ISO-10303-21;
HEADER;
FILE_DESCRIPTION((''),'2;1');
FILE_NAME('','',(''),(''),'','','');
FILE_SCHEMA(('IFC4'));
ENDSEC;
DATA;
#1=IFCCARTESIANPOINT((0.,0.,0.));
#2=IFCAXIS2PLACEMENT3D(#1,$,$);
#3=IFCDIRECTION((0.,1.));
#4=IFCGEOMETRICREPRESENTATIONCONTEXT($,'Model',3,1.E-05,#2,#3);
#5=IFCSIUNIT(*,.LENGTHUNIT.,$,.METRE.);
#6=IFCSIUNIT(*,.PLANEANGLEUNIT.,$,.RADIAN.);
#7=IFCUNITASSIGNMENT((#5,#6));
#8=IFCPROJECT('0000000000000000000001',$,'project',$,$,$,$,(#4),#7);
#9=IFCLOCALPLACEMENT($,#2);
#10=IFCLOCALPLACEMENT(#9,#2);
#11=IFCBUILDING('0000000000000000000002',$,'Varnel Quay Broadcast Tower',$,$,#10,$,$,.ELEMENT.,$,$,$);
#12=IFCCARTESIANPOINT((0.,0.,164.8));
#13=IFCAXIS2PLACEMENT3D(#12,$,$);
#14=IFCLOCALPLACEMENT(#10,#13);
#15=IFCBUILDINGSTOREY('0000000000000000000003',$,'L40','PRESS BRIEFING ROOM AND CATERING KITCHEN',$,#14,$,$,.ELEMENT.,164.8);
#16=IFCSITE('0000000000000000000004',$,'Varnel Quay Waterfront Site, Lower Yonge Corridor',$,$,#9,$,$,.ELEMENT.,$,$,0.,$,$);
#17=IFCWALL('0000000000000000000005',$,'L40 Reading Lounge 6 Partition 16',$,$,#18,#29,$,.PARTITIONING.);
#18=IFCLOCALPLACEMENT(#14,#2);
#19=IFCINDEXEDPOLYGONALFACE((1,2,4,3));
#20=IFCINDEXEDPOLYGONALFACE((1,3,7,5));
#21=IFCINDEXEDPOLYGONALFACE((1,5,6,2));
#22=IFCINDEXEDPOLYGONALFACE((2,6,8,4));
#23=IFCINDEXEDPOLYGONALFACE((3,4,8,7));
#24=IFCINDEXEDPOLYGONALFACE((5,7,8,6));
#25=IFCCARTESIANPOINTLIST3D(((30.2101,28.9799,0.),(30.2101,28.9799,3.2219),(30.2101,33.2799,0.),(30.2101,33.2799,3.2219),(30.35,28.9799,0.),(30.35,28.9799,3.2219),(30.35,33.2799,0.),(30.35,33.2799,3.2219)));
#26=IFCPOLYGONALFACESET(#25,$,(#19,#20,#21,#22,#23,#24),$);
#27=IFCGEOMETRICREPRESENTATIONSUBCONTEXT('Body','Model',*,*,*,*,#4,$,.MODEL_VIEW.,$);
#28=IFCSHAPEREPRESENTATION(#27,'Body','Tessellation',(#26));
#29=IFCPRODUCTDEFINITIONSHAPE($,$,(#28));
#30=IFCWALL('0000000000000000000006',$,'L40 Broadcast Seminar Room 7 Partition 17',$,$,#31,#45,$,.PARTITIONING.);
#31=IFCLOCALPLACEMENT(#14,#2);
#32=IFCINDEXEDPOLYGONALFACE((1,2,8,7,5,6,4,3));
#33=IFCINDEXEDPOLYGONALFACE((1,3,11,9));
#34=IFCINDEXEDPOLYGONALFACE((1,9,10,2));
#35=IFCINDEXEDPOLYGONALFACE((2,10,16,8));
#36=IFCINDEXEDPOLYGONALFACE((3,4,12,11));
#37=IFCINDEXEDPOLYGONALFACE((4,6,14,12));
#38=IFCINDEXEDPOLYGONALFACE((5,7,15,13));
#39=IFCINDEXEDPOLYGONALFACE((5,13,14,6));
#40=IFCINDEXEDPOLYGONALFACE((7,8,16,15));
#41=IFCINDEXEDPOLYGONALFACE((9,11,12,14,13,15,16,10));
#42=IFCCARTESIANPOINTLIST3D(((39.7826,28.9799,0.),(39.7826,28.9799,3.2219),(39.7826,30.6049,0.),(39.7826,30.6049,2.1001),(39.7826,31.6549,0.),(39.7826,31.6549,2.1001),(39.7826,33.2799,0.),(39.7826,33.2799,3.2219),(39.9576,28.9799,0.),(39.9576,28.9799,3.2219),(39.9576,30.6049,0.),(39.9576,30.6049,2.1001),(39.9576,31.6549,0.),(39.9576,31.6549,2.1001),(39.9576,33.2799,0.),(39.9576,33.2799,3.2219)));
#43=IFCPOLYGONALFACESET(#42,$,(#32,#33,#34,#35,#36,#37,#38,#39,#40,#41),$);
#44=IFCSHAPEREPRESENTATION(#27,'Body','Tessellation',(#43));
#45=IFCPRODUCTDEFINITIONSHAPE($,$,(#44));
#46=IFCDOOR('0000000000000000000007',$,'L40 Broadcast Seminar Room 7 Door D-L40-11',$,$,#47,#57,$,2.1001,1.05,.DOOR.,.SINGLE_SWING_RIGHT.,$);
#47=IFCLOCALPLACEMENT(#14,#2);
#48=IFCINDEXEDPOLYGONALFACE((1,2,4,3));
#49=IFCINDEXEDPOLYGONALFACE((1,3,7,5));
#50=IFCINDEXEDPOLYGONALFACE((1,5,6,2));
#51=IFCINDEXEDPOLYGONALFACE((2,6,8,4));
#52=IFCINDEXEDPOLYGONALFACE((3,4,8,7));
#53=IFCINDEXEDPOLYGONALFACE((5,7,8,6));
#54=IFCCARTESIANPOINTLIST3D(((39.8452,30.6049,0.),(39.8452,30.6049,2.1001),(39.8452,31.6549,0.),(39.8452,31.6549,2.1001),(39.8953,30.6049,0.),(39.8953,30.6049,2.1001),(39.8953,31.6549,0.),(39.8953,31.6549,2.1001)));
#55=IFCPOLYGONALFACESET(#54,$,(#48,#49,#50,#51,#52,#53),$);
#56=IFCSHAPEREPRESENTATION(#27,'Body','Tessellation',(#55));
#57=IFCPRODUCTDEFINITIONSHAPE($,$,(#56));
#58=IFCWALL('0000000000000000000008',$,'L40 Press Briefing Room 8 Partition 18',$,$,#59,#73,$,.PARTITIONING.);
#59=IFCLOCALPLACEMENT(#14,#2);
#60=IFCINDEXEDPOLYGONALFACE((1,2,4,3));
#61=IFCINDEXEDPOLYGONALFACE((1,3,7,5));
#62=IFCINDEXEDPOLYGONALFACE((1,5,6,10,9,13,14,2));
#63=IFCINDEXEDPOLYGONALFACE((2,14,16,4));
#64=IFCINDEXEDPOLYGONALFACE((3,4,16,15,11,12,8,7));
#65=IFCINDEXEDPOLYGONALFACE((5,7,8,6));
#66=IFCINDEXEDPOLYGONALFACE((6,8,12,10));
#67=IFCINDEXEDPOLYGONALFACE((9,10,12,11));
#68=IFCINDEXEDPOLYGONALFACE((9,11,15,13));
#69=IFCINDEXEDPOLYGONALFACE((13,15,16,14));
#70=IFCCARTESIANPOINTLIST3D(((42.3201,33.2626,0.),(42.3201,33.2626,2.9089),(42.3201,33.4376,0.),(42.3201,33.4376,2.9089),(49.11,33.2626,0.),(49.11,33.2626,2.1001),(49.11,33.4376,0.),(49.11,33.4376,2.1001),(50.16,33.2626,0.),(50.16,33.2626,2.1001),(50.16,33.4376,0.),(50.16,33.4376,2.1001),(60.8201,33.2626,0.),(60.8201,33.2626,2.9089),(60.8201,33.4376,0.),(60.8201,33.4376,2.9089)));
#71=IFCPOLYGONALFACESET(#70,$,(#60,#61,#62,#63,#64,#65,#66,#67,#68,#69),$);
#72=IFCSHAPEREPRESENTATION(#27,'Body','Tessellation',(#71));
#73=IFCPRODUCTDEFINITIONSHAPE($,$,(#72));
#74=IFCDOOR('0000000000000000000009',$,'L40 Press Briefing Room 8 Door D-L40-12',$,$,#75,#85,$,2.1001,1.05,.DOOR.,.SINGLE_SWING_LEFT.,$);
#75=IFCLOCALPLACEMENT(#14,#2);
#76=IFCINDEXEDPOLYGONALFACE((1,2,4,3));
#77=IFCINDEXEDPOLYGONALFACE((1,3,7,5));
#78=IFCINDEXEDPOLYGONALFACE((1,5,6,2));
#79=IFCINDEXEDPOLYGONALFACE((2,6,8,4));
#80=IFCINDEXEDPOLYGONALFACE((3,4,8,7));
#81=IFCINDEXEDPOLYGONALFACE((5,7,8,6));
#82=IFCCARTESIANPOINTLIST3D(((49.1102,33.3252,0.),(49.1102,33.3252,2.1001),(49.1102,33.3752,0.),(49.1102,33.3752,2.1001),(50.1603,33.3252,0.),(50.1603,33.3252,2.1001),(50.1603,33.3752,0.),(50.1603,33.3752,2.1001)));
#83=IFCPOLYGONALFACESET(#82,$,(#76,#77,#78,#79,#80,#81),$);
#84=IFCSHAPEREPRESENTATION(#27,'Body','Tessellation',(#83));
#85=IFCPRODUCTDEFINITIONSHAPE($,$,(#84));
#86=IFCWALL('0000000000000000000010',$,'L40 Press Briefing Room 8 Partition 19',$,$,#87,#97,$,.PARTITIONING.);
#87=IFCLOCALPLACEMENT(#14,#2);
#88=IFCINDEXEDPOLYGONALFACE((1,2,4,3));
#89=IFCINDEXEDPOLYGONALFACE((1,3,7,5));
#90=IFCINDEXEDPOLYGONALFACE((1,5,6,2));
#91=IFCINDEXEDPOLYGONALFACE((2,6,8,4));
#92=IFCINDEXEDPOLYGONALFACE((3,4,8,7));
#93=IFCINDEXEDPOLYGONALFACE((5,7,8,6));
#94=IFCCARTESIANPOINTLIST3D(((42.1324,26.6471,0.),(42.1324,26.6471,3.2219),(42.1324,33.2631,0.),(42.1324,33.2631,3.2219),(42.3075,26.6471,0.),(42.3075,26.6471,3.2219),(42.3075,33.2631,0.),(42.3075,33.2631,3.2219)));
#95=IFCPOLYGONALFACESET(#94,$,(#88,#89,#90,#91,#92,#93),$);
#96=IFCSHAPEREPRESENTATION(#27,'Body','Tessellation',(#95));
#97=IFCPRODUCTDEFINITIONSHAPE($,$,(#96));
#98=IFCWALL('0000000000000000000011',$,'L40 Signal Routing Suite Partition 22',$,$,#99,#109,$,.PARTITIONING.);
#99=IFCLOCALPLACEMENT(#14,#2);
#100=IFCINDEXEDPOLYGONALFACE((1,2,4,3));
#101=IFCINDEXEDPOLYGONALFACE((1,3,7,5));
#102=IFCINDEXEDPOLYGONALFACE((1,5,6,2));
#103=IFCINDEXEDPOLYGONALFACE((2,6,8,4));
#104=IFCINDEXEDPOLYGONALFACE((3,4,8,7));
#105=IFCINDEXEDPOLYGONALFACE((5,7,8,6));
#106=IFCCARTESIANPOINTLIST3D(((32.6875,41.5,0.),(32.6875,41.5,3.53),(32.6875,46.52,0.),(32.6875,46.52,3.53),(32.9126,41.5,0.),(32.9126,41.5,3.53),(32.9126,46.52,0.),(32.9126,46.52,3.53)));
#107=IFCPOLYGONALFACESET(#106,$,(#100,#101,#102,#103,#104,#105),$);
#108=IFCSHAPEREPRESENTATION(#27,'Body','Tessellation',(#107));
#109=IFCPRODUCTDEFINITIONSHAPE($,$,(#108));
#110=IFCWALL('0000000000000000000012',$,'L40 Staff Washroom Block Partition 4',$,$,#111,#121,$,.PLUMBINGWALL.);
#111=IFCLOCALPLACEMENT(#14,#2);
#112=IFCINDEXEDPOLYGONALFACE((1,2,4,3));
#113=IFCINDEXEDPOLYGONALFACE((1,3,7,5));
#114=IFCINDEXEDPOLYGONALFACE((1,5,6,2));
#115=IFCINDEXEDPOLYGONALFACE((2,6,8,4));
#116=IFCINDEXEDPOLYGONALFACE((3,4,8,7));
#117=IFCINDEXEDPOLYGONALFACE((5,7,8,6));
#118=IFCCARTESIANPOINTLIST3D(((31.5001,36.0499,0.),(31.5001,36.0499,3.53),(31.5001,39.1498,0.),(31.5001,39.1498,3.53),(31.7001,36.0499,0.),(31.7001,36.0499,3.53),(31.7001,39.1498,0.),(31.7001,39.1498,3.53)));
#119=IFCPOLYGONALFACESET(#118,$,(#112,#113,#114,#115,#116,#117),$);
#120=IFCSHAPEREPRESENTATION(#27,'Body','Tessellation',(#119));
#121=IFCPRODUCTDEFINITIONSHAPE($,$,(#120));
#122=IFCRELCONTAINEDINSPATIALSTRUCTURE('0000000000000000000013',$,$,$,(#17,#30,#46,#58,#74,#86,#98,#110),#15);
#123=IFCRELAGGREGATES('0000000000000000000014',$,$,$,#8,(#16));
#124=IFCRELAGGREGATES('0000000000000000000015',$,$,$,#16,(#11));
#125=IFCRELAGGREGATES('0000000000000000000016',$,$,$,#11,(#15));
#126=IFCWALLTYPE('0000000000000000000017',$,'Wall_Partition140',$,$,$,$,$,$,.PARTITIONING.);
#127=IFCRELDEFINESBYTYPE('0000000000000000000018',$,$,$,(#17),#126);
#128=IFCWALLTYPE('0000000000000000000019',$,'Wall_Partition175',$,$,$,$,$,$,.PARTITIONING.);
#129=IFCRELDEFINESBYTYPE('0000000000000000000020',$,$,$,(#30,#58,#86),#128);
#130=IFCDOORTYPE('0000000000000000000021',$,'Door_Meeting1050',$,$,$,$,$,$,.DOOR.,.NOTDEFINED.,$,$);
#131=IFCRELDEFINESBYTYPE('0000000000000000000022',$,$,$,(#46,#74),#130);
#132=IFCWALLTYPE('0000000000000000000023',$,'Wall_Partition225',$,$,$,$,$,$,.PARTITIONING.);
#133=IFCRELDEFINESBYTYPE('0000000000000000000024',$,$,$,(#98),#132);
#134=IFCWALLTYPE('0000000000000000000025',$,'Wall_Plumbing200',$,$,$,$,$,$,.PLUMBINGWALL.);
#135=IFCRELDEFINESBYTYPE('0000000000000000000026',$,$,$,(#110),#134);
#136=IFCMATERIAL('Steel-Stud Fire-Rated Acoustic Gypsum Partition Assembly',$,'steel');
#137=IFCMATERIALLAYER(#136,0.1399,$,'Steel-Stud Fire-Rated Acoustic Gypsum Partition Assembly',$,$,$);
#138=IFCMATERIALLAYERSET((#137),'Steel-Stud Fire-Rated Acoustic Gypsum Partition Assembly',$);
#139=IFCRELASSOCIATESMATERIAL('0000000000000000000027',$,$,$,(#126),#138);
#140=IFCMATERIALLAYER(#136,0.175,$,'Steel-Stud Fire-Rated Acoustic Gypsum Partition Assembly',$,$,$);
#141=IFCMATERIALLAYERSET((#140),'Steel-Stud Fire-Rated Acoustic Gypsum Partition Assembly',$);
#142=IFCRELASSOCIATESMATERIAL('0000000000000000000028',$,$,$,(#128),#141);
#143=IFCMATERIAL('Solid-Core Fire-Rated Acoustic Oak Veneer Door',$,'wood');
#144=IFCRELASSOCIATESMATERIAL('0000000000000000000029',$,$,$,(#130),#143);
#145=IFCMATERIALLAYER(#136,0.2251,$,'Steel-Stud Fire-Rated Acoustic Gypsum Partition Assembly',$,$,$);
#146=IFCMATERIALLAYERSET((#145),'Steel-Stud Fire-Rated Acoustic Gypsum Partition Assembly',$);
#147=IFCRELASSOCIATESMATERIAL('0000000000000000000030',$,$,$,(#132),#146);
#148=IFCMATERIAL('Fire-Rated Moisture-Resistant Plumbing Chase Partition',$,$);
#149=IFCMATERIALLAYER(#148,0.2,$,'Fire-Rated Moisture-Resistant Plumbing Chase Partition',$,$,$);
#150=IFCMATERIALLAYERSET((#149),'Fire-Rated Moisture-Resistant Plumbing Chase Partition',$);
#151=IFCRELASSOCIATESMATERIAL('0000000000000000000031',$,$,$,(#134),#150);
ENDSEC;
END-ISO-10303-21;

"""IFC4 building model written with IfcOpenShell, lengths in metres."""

from ifc_helpers import new_model, si_unit, direction, frame, frame_2d, origin, place, context, subcontext, project, spatial, rectangle, extrude, source, transform, mapped, material, layer, layer_set, type_object, type_shapes, element, fill, save


model = new_model("IFC4")

# Units and contexts
model_context = context("Model", 3, precision=1e-05, world=origin(), true_north=direction((0.0, 1.0)))
body_context = subcontext(model_context, "Body", "Model", "MODEL_VIEW")
ifc_project = project(units=[si_unit("LENGTHUNIT", "METRE"), si_unit("PLANEANGLEUNIT", "RADIAN")], contexts=[model_context])

# Site, building, storey
site_placement = place(None, origin())
site = spatial("IfcSite", under=ifc_project, at=site_placement, Name="Varnel Quay Waterfront Site, Lower Yonge Corridor", CompositionType="ELEMENT", RefElevation=0.0)
building_placement = place(site_placement, origin())
building = spatial("IfcBuilding", under=site, at=building_placement, Name="Varnel Quay Broadcast Tower", CompositionType="ELEMENT")
storey_placement = place(building_placement, frame((0.0, 0.0, 164.8)))
storey = spatial("IfcBuildingStorey", under=building, at=storey_placement, Name="L40", Description="PRESS BRIEFING ROOM AND CATERING KITCHEN", CompositionType="ELEMENT", Elevation=164.8)

# Shared definitions
ifc_material_1 = material(Name="Steel-Stud Fire-Rated Acoustic Gypsum Partition Assembly", Category="steel")
ifc_layer_1 = layer(ifc_material_1, 0.1399, Name="Steel-Stud Fire-Rated Acoustic Gypsum Partition Assembly")
ifc_layer_set_1 = layer_set([ifc_layer_1], Name="Steel-Stud Fire-Rated Acoustic Gypsum Partition Assembly")
wall_type_1 = type_object("IfcWallType", Name="Wall_Partition140", PredefinedType="PARTITIONING", material=ifc_layer_set_1)
ifc_material_2 = material(Name="Solid-Core Fire-Rated Acoustic Oak Veneer Door", Category="wood")

# Wall
wall_1_placement = place(storey_placement, frame((30.28, 28.98, 0.0), z_axis=(0.0, 0.0, 1.0), x_axis=(0.0, 1.0, 0.0)))
element("IfcWall", 1, at=wall_1_placement, inside=storey, type_object=wall_type_1, Name="L40 Reading Lounge 6 Partition 16", PredefinedType="PARTITIONING", context=body_context, shape_type="SweptSolid", body=[
    extrude(rectangle(XDim=4.3, YDim=0.1399, at=frame_2d((2.1499, 0.0))), origin(), (0.0, 0.0, 1.0), 3.2219),
])

# Walls, openings, doors
ifc_layer_2 = layer(ifc_material_1, 0.175, Name="Steel-Stud Fire-Rated Acoustic Gypsum Partition Assembly")
ifc_layer_set_2 = layer_set([ifc_layer_2], Name="Steel-Stud Fire-Rated Acoustic Gypsum Partition Assembly")
wall_type_2 = type_object("IfcWallType", Name="Wall_Partition175", PredefinedType="PARTITIONING", material=ifc_layer_set_2)
wall_2_placement = place(storey_placement, frame((39.8701, 28.98, 0.0), z_axis=(0.0, 0.0, 1.0), x_axis=(0.0, 1.0, 0.0)))
wall_2 = element("IfcWall", 2, at=wall_2_placement, inside=storey, type_object=wall_type_2, Name="L40 Broadcast Seminar Room 7 Partition 17", PredefinedType="PARTITIONING", context=body_context, shape_type="SweptSolid", body=[
    extrude(rectangle(XDim=4.3, YDim=0.175, at=frame_2d((2.1499, 0.0))), origin(), (0.0, 0.0, 1.0), 3.2219),
])
opening_1_placement = place(wall_2_placement, frame((1.625, 0.0, 0.0)))
opening_1 = element("IfcOpeningElement", 3, at=opening_1_placement, cuts=wall_2, PredefinedType="OPENING", context=body_context, shape_type="SweptSolid", body=[
    extrude(rectangle(XDim=1.05, YDim=2.1001, at=frame_2d((0.5249, 1.05))), frame((0.0, 0.0977, 0.0), z_axis=(0.0, -1.0, 0.0), x_axis=(1.0, 0.0, 0.0)), (0.0, 0.0, 1.0), 0.1951),
])
door_type_1 = type_object("IfcDoorType", Name="Door_Meeting1050", OperationType="NOTDEFINED", PredefinedType="DOOR", material=ifc_material_2)
shared_shape_1 = source(origin(), body_context, "Body", "SweptSolid", [
    extrude(rectangle(XDim=1.05, YDim=2.1001, at=frame_2d((0.5249, 1.05))), frame((0.0, 0.0249, 0.0), z_axis=(0.0, -1.0, 0.0), x_axis=(1.0, 0.0, 0.0)), (0.0, 0.0, 1.0), 0.05),
])
type_shapes(door_type_1, [shared_shape_1])
door_1_placement = place(opening_1_placement, origin())
door_1 = element("IfcDoor", 4, at=door_1_placement, inside=storey, type_object=door_type_1, Name="L40 Broadcast Seminar Room 7 Door D-L40-11", OperationType="SINGLE_SWING_RIGHT", OverallHeight=2.1001, OverallWidth=1.05, PredefinedType="DOOR", context=body_context, shape_type="MappedRepresentation", body=[
    mapped(shared_shape_1, transform((0.0, 0.0, 0.0), x_axis=(1.0, 0.0, 0.0), y_axis=(0.0, 1.0, 0.0), z_axis=(0.0, 0.0, 1.0), scale=1.0)),
])
fill(opening_1, door_1)
wall_3_placement = place(storey_placement, frame((42.3201, 33.3501, 0.0), z_axis=(0.0, 0.0, 1.0), x_axis=(1.0, 0.0, 0.0)))
wall_3 = element("IfcWall", 5, at=wall_3_placement, inside=storey, type_object=wall_type_2, Name="L40 Press Briefing Room 8 Partition 18", PredefinedType="PARTITIONING", context=body_context, shape_type="SweptSolid", body=[
    extrude(rectangle(XDim=18.5, YDim=0.175, at=frame_2d((9.25, 0.0))), origin(), (0.0, 0.0, 1.0), 2.9089),
])
opening_2_placement = place(wall_3_placement, frame((6.79, 0.0, 0.0)))
opening_2 = element("IfcOpeningElement", 6, at=opening_2_placement, cuts=wall_3, PredefinedType="OPENING", context=body_context, shape_type="SweptSolid", body=[
    extrude(rectangle(XDim=1.05, YDim=2.1001, at=frame_2d((0.5249, 1.05))), frame((0.0, 0.0977, 0.0), z_axis=(0.0, -1.0, 0.0), x_axis=(1.0, 0.0, 0.0)), (0.0, 0.0, 1.0), 0.1951),
])
door_2_placement = place(opening_2_placement, frame((1.05, 0.0, 0.0), z_axis=(0.0, 0.0, 1.0), x_axis=(-1.0, 0.0, 0.0)))
door_2 = element("IfcDoor", 7, at=door_2_placement, inside=storey, type_object=door_type_1, Name="L40 Press Briefing Room 8 Door D-L40-12", OperationType="SINGLE_SWING_LEFT", OverallHeight=2.1001, OverallWidth=1.05, PredefinedType="DOOR", context=body_context, shape_type="MappedRepresentation", body=[
    mapped(shared_shape_1, transform((0.0, 0.0, 0.0), x_axis=(1.0, 0.0, 0.0), y_axis=(0.0, 1.0, 0.0), z_axis=(0.0, 0.0, 1.0), scale=1.0)),
])
fill(opening_2, door_2)

# Walls
wall_4_placement = place(storey_placement, frame((42.22, 26.647, 0.0), z_axis=(0.0, 0.0, 1.0), x_axis=(0.0, 1.0, 0.0)))
element("IfcWall", 8, at=wall_4_placement, inside=storey, type_object=wall_type_2, Name="L40 Press Briefing Room 8 Partition 19", PredefinedType="PARTITIONING", context=body_context, shape_type="SweptSolid", body=[
    extrude(rectangle(XDim=6.616, YDim=0.175, at=frame_2d((3.3081, 0.0))), origin(), (0.0, 0.0, 1.0), 3.2219),
])
ifc_layer_3 = layer(ifc_material_1, 0.2251, Name="Steel-Stud Fire-Rated Acoustic Gypsum Partition Assembly")
ifc_layer_set_3 = layer_set([ifc_layer_3], Name="Steel-Stud Fire-Rated Acoustic Gypsum Partition Assembly")
wall_type_3 = type_object("IfcWallType", Name="Wall_Partition225", PredefinedType="PARTITIONING", material=ifc_layer_set_3)
wall_5_placement = place(storey_placement, frame((32.8, 41.5, 0.0), z_axis=(0.0, 0.0, 1.0), x_axis=(0.0, 1.0, 0.0)))
element("IfcWall", 9, at=wall_5_placement, inside=storey, type_object=wall_type_3, Name="L40 Signal Routing Suite Partition 22", PredefinedType="PARTITIONING", context=body_context, shape_type="SweptSolid", body=[
    extrude(rectangle(XDim=5.02, YDim=0.2251, at=frame_2d((2.51, 0.0))), origin(), (0.0, 0.0, 1.0), 3.53),
])
ifc_material_3 = material(Name="Fire-Rated Moisture-Resistant Plumbing Chase Partition")
ifc_layer_4 = layer(ifc_material_3, 0.2, Name="Fire-Rated Moisture-Resistant Plumbing Chase Partition")
ifc_layer_set_4 = layer_set([ifc_layer_4], Name="Fire-Rated Moisture-Resistant Plumbing Chase Partition")
wall_type_4 = type_object("IfcWallType", Name="Wall_Plumbing200", PredefinedType="PLUMBINGWALL", material=ifc_layer_set_4)
wall_6_placement = place(storey_placement, frame((31.6001, 36.05, 0.0), z_axis=(0.0, 0.0, 1.0), x_axis=(0.0, 1.0, 0.0)))
element("IfcWall", 10, at=wall_6_placement, inside=storey, type_object=wall_type_4, Name="L40 Staff Washroom Block Partition 4", PredefinedType="PLUMBINGWALL", context=body_context, shape_type="SweptSolid", body=[
    extrude(rectangle(XDim=3.0999, YDim=0.2, at=frame_2d((1.5498, 0.0))), origin(), (0.0, 0.0, 1.0), 3.53),
])

save(model, "model.ifc")
